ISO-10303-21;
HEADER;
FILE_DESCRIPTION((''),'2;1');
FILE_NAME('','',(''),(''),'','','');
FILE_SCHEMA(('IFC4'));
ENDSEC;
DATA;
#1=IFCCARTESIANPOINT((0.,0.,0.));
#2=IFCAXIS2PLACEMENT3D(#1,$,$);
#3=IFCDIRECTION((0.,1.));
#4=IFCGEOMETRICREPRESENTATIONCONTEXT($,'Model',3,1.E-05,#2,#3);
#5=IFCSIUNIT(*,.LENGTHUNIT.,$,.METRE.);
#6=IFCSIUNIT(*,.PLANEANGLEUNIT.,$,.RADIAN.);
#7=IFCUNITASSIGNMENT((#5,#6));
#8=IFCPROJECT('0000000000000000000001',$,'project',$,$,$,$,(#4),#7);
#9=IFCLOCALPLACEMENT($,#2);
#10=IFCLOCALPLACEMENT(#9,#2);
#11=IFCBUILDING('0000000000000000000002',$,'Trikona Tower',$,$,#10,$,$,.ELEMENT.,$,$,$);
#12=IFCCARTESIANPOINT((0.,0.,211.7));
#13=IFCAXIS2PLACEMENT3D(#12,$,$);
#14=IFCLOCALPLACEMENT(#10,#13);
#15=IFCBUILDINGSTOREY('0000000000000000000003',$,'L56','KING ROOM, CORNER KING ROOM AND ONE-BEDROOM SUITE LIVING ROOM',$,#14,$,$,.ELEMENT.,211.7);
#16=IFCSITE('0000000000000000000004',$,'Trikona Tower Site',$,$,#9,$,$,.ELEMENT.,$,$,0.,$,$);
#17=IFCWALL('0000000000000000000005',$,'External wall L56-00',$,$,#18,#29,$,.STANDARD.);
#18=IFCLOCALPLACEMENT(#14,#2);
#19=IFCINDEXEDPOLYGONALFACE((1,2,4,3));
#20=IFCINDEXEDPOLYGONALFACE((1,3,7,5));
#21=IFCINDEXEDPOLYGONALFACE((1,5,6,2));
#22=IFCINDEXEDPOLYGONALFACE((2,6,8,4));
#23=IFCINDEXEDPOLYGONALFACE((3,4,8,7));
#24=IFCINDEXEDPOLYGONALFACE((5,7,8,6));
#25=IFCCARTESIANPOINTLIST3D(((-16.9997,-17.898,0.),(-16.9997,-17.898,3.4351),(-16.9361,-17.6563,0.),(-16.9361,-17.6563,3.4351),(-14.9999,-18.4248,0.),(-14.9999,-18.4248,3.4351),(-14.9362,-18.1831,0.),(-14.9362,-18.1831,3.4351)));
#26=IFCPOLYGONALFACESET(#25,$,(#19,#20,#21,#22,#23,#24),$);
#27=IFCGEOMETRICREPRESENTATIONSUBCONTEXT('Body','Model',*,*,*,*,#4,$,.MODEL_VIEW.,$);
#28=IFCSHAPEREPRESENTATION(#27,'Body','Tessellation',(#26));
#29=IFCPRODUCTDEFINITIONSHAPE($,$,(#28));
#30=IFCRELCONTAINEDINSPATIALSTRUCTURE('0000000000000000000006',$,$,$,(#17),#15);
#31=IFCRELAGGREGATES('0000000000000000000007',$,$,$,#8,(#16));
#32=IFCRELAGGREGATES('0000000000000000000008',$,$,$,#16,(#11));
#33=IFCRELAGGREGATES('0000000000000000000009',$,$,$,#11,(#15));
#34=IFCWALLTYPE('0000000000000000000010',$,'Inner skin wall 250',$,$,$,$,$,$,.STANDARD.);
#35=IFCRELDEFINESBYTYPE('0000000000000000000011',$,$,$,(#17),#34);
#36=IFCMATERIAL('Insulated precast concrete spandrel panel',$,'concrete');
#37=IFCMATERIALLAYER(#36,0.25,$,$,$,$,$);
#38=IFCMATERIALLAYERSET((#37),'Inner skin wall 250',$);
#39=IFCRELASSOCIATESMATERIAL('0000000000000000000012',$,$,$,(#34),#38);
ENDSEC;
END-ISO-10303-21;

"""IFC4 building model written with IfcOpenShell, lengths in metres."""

from ifc_helpers import new_model, si_unit, direction, frame, frame_2d, origin, place, context, subcontext, project, spatial, rectangle, extrude, material, layer, layer_set, type_object, element, save


model = new_model("IFC4")

# Units and contexts
model_context = context("Model", 3, precision=1e-05, world=origin(), true_north=direction((0.0, 1.0)))
body_context = subcontext(model_context, "Body", "Model", "MODEL_VIEW")
ifc_project = project(units=[si_unit("LENGTHUNIT", "METRE"), si_unit("PLANEANGLEUNIT", "RADIAN")], contexts=[model_context])

# Site, building, storey
site_placement = place(None, origin())
site = spatial("IfcSite", under=ifc_project, at=site_placement, Name="Trikona Tower Site", CompositionType="ELEMENT", RefElevation=0.0)
building_placement = place(site_placement, origin())
building = spatial("IfcBuilding", under=site, at=building_placement, Name="Trikona Tower", CompositionType="ELEMENT")
storey_placement = place(building_placement, frame((0.0, 0.0, 211.7)))
storey = spatial("IfcBuildingStorey", under=building, at=storey_placement, Name="L56", Description="KING ROOM, CORNER KING ROOM AND ONE-BEDROOM SUITE LIVING ROOM", CompositionType="ELEMENT", Elevation=211.7)

# Wall
ifc_material_1 = material(Name="Insulated precast concrete spandrel panel", Category="concrete")
ifc_layer_1 = layer(ifc_material_1, 0.25)
ifc_layer_set_1 = layer_set([ifc_layer_1], Name="Inner skin wall 250")
wall_type_1 = type_object("IfcWallType", Name="Inner skin wall 250", PredefinedType="STANDARD", material=ifc_layer_set_1)
wall_1_placement = place(storey_placement, frame((-16.968, -17.7771, 0.0), z_axis=(0.0, 0.0, 1.0), x_axis=(0.96701, -0.254737, 0.0)))
element("IfcWall", 1, at=wall_1_placement, inside=storey, type_object=wall_type_1, Name="External wall L56-00", PredefinedType="STANDARD", context=body_context, shape_type="SweptSolid", body=[
    extrude(rectangle(XDim=2.0681, YDim=0.25, at=frame_2d((1.0342, 0.0))), origin(), (0.0, 0.0, 1.0), 3.4351),
])

save(model, "model.ifc")
